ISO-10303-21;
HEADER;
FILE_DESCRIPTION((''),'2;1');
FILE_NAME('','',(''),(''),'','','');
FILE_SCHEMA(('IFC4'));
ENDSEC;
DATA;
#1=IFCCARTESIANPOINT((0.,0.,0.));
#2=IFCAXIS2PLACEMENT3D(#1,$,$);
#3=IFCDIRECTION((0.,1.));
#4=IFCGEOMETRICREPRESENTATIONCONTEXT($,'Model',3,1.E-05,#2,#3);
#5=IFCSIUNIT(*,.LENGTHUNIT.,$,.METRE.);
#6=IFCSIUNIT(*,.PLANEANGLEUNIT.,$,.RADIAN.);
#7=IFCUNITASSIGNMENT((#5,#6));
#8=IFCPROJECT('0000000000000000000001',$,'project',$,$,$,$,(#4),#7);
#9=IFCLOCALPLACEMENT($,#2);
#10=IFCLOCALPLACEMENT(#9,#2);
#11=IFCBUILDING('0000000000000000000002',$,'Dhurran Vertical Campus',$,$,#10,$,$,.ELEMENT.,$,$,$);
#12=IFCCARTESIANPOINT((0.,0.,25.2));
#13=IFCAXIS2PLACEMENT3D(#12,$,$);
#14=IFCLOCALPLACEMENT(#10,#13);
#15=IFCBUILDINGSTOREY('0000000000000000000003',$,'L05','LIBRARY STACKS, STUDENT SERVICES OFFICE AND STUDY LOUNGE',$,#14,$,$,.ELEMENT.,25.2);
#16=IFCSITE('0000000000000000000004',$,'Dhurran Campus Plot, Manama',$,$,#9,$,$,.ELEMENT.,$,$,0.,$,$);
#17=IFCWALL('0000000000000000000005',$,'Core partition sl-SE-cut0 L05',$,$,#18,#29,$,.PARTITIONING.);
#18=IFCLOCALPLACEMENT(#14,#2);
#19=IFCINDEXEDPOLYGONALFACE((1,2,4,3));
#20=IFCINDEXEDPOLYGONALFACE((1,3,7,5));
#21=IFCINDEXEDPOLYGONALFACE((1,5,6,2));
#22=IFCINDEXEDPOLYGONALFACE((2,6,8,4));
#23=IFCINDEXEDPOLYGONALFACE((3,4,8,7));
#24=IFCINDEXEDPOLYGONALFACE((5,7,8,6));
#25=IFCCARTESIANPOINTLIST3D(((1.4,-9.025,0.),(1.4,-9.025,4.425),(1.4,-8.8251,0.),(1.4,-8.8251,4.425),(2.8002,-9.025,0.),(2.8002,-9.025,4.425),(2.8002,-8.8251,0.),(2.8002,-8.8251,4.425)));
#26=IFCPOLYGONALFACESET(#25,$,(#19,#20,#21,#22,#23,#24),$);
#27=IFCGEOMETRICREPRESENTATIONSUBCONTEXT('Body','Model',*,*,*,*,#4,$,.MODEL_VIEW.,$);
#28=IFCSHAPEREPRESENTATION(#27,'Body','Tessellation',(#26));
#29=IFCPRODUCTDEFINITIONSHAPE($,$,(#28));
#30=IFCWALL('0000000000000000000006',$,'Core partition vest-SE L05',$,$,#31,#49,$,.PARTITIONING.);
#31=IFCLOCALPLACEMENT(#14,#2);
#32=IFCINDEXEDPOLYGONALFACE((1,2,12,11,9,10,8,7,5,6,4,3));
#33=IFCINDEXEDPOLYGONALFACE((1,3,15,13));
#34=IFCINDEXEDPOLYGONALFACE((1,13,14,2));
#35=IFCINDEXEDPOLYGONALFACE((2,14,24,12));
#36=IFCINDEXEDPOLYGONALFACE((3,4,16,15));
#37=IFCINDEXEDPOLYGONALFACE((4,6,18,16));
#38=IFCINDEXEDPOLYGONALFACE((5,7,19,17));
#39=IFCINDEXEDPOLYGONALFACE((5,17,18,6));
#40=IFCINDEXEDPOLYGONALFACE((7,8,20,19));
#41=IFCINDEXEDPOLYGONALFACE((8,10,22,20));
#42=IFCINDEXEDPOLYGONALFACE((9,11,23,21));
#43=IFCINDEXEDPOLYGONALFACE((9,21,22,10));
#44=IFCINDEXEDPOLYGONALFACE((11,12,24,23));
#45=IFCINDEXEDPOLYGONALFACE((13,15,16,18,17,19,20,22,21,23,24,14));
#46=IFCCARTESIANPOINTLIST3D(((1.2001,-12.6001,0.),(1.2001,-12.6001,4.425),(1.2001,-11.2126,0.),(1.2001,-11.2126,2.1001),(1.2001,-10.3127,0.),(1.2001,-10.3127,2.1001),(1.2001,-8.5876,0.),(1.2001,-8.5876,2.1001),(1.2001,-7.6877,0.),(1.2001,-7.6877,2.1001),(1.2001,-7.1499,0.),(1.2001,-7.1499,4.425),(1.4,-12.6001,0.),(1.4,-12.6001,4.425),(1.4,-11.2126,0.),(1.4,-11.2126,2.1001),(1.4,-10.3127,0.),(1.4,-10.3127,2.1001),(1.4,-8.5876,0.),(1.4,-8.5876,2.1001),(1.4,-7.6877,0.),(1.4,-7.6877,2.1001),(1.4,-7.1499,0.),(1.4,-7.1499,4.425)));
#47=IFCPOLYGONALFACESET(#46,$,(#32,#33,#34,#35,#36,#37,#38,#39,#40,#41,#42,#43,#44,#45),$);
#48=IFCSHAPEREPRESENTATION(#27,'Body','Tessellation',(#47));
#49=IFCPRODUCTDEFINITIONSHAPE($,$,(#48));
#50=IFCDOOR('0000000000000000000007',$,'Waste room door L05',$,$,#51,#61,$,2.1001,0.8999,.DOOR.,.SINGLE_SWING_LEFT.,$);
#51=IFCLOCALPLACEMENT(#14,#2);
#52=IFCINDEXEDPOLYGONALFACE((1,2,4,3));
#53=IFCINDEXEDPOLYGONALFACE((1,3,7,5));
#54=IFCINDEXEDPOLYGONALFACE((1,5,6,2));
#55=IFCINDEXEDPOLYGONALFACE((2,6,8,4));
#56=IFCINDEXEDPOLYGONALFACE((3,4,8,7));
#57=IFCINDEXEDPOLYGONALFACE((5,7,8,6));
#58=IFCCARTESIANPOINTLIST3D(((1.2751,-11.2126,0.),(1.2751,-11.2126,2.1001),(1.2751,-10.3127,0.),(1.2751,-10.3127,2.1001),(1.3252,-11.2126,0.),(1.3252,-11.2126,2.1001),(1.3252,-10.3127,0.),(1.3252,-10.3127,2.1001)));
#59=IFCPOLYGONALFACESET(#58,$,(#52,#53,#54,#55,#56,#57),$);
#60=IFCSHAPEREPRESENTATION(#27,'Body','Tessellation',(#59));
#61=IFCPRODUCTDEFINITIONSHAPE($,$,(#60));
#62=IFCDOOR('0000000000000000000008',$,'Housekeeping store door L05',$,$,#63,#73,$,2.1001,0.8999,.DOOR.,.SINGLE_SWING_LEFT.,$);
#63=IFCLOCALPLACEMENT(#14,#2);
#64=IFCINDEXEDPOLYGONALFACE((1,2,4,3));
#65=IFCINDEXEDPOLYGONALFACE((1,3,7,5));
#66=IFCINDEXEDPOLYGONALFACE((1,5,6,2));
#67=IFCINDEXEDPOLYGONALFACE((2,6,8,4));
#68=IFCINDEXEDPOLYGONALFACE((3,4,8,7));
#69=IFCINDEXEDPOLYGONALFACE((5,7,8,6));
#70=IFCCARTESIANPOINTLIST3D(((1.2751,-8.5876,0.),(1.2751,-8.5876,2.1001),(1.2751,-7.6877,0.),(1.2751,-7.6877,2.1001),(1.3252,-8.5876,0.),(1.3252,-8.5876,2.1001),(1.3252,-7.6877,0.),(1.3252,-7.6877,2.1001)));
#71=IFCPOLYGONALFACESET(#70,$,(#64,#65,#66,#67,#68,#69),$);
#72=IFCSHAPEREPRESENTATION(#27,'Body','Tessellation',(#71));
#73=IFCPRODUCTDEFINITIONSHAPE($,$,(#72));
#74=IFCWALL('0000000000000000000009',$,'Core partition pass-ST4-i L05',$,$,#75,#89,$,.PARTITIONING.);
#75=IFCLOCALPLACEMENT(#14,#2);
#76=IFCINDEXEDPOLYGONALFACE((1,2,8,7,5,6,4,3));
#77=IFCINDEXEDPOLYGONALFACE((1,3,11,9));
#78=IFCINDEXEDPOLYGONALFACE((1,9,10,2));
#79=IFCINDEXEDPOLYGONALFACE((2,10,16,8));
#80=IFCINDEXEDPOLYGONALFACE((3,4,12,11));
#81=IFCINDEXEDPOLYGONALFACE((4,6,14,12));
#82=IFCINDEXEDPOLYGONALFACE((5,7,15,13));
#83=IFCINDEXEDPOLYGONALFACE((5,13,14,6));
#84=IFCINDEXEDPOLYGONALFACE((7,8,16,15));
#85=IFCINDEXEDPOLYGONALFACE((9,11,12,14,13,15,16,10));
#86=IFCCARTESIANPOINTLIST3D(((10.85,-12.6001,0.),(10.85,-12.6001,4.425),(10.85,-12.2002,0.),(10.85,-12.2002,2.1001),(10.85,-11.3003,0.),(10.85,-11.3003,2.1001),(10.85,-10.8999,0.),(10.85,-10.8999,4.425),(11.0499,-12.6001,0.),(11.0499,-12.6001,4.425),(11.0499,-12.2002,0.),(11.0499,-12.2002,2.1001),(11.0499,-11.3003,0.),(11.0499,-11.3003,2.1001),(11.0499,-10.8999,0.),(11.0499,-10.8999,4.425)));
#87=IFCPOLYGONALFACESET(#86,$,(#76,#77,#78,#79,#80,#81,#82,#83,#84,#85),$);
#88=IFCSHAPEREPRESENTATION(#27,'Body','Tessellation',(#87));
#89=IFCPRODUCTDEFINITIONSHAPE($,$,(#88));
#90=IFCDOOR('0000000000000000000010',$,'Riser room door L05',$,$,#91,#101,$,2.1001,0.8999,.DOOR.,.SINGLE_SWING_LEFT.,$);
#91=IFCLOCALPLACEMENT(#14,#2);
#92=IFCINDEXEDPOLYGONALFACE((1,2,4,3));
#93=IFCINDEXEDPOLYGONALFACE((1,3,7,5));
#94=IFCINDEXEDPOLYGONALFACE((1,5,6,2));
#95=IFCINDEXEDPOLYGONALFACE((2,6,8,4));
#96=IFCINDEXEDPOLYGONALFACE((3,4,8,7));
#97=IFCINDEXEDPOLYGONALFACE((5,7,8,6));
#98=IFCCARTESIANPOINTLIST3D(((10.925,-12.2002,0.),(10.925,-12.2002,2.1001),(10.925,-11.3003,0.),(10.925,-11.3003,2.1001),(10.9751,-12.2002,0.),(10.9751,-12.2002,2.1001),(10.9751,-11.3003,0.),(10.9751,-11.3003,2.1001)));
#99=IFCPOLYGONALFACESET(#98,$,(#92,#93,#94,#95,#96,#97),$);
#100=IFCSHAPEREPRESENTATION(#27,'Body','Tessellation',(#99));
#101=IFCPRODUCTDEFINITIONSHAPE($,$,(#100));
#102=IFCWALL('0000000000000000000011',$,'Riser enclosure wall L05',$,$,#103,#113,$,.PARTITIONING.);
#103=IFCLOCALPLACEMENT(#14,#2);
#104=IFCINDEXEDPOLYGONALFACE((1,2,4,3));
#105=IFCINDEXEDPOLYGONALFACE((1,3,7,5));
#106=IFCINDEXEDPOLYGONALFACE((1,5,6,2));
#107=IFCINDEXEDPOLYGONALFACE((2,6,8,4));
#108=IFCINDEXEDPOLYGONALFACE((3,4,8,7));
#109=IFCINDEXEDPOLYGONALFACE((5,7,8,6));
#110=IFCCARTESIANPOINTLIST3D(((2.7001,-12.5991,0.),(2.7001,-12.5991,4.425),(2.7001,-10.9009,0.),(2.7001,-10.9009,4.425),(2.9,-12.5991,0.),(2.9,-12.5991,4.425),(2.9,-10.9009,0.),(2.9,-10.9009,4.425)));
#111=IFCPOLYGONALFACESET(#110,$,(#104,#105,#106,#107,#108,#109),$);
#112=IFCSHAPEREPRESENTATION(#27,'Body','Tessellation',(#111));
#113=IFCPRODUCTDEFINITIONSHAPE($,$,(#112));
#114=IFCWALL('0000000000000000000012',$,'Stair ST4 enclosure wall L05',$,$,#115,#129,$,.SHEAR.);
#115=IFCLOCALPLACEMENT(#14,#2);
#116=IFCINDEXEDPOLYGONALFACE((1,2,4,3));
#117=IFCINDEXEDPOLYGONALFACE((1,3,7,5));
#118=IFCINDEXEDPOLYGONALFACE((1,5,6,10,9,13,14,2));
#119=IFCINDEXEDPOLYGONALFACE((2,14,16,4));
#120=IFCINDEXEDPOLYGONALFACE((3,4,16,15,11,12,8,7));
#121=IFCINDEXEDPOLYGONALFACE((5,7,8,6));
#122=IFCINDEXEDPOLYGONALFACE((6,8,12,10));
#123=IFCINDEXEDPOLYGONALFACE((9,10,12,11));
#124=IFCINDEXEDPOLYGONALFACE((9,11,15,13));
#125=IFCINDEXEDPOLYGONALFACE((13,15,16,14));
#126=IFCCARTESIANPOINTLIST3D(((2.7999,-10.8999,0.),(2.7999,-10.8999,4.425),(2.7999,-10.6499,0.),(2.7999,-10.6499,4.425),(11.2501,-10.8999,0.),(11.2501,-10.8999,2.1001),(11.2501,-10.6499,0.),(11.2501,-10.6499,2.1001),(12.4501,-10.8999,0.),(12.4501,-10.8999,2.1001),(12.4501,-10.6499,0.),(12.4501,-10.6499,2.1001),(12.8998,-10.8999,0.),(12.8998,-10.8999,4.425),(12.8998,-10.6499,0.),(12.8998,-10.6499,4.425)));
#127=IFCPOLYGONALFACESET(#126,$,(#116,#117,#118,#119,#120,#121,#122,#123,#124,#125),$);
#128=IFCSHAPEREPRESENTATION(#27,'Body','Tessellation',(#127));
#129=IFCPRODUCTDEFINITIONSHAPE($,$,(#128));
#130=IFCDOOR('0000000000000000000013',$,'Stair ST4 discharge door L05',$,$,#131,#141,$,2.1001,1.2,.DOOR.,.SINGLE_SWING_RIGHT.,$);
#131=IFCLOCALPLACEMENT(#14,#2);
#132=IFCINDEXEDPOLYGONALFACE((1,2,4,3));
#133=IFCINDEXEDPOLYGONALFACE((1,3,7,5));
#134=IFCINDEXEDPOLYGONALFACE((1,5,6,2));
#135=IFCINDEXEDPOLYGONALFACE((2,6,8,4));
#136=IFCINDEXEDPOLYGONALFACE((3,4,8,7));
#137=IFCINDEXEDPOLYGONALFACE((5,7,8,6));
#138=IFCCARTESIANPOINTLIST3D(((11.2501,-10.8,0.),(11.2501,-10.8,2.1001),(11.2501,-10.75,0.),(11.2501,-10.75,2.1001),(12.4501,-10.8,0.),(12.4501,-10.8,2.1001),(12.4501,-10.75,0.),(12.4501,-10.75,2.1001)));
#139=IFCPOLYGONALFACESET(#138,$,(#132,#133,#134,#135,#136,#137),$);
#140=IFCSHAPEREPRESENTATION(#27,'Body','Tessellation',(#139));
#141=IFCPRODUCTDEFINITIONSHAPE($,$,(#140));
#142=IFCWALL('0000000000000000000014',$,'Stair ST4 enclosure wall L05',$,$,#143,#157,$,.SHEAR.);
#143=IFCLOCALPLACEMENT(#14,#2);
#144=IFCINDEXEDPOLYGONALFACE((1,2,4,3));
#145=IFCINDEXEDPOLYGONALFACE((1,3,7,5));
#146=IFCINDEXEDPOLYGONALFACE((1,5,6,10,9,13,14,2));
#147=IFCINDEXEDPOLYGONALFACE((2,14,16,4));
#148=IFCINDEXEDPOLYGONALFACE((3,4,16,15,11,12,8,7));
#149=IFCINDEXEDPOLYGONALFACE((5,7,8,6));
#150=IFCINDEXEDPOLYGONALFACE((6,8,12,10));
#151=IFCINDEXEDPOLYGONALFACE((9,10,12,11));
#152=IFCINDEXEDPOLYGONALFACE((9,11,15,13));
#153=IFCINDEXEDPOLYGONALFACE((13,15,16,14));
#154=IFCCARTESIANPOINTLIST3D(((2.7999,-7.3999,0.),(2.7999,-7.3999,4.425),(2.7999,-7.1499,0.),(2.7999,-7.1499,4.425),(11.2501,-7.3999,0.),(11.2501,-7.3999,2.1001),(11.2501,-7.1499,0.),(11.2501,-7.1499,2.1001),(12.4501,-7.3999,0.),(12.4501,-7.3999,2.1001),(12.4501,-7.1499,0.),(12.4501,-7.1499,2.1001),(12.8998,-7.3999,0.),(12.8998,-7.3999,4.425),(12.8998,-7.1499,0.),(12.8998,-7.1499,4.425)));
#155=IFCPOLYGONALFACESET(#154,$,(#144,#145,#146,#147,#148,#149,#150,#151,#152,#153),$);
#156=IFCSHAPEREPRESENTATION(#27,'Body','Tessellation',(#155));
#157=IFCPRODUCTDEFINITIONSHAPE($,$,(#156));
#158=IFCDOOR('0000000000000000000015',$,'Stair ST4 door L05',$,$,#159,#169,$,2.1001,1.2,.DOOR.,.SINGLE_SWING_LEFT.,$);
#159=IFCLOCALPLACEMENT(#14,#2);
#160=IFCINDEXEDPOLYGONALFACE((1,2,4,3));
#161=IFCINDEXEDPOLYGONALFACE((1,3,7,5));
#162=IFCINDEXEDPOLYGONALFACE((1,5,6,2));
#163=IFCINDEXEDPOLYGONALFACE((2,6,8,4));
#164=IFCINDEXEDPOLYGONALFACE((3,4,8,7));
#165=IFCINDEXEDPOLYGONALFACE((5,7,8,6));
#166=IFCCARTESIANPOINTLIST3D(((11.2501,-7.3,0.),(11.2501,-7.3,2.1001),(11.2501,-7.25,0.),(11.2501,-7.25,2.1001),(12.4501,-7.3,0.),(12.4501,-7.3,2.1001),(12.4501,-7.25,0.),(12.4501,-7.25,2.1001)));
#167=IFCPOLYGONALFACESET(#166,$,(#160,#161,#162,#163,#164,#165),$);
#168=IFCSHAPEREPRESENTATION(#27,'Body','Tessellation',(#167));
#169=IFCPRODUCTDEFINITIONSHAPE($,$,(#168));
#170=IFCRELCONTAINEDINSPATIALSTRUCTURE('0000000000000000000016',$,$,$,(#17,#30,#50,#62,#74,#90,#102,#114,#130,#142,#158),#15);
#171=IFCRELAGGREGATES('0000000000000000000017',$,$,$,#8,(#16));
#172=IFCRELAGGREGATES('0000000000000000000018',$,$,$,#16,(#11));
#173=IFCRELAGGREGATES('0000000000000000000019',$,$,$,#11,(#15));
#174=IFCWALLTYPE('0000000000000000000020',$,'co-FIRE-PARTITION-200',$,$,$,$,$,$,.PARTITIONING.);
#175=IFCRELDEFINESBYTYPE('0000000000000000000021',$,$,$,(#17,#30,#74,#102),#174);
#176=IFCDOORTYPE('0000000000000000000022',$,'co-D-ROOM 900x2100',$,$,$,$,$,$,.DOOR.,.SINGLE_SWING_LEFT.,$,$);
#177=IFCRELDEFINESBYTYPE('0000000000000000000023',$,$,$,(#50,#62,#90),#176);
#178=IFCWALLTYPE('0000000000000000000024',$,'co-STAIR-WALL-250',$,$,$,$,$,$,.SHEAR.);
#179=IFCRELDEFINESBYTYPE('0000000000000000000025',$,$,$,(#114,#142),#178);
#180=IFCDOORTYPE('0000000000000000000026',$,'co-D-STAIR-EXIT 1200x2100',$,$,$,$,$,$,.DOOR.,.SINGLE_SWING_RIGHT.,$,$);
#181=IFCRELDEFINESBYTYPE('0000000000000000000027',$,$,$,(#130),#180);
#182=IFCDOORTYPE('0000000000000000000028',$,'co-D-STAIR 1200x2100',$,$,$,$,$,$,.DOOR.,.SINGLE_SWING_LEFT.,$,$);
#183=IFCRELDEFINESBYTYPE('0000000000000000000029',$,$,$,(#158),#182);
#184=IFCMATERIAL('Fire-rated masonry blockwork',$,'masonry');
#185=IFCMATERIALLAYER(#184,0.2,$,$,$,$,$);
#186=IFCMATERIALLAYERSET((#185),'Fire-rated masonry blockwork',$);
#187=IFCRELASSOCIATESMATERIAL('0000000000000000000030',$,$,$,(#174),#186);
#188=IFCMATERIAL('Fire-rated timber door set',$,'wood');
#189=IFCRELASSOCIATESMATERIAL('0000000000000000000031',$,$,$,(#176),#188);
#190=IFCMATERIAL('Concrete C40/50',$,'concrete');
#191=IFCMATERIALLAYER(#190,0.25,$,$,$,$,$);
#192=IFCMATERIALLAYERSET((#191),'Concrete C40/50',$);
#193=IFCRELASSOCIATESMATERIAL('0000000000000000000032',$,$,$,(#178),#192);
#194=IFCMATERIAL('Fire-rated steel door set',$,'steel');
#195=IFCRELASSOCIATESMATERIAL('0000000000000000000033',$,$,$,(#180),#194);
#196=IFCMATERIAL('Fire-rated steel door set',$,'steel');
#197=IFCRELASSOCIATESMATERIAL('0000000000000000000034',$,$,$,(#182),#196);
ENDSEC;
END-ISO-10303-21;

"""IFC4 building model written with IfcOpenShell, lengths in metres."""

from ifc_helpers import new_model, si_unit, direction, frame, frame_2d, origin, place, context, subcontext, project, spatial, rectangle, extrude, material, layer, layer_set, type_object, element, fill, save


model = new_model("IFC4")

# Units and contexts
model_context = context("Model", 3, precision=1e-05, world=origin(), true_north=direction((0.0, 1.0)))
body_context = subcontext(model_context, "Body", "Model", "MODEL_VIEW")
ifc_project = project(units=[si_unit("LENGTHUNIT", "METRE"), si_unit("PLANEANGLEUNIT", "RADIAN")], contexts=[model_context])

# Site, building, storey
site_placement = place(None, origin())
site = spatial("IfcSite", under=ifc_project, at=site_placement, Name="Dhurran Campus Plot, Manama", CompositionType="ELEMENT", RefElevation=0.0)
building_placement = place(site_placement, origin())
building = spatial("IfcBuilding", under=site, at=building_placement, Name="Dhurran Vertical Campus", CompositionType="ELEMENT")
storey_placement = place(building_placement, frame((0.0, 0.0, 25.2)))
storey = spatial("IfcBuildingStorey", under=building, at=storey_placement, Name="L05", Description="LIBRARY STACKS, STUDENT SERVICES OFFICE AND STUDY LOUNGE", CompositionType="ELEMENT", Elevation=25.2)

# Wall
ifc_material_1 = material(Name="Fire-rated masonry blockwork", Category="masonry")
ifc_layer_1 = layer(ifc_material_1, 0.2)
ifc_layer_set_1 = layer_set([ifc_layer_1], Name="Fire-rated masonry blockwork")
wall_type_1 = type_object("IfcWallType", Name="co-FIRE-PARTITION-200", PredefinedType="PARTITIONING", material=ifc_layer_set_1)
for number, where, z_axis, x_axis, name in (
    (1, (1.3999, -8.925, 0.0), (0.0, 0.0, 1.0), (1.0, 0.0, 0.0), "Core partition sl-SE-cut0 L05"),
):
    element("IfcWall", number, at=place(storey_placement, frame(where, z_axis=z_axis, x_axis=x_axis)), inside=storey, type_object=wall_type_1, Name=name, PredefinedType="PARTITIONING", context=body_context, shape_type="SweptSolid", body=[
        extrude(rectangle(XDim=1.4001, YDim=0.2, at=frame_2d((0.7002, 0.0))), origin(), (0.0, 0.0, 1.0), 4.425),
    ])

# Wall, openings, doors
wall_1_placement = place(storey_placement, frame((1.3, -12.6001, 0.0), z_axis=(0.0, 0.0, 1.0), x_axis=(0.0, 1.0, 0.0)))
wall_1 = element("IfcWall", 2, at=wall_1_placement, inside=storey, type_object=wall_type_1, Name="Core partition vest-SE L05", PredefinedType="PARTITIONING", context=body_context, shape_type="SweptSolid", body=[
    extrude(rectangle(XDim=5.4502, YDim=0.2, at=frame_2d((2.7251, 0.0))), origin(), (0.0, 0.0, 1.0), 4.425),
])
opening_1_placement = place(wall_1_placement, frame((1.3875, 0.0, 0.0)))
opening_1 = element("IfcOpeningElement", 3, at=opening_1_placement, cuts=wall_1, PredefinedType="OPENING", context=body_context, shape_type="SweptSolid", body=[
    extrude(rectangle(XDim=0.8999, YDim=2.1001, at=frame_2d((0.45, 1.05))), frame((0.0, 0.1099, 0.0), z_axis=(0.0, -1.0, 0.0), x_axis=(1.0, 0.0, 0.0)), (0.0, 0.0, 1.0), 0.22),
])
opening_2_placement = place(wall_1_placement, frame((4.0125, 0.0, 0.0)))
opening_2 = element("IfcOpeningElement", 4, at=opening_2_placement, cuts=wall_1, PredefinedType="OPENING", context=body_context, shape_type="SweptSolid", body=[
    extrude(rectangle(XDim=0.8999, YDim=2.1001, at=frame_2d((0.45, 1.05))), frame((0.0, 0.1099, 0.0), z_axis=(0.0, -1.0, 0.0), x_axis=(1.0, 0.0, 0.0)), (0.0, 0.0, 1.0), 0.22),
])
ifc_material_2 = material(Name="Fire-rated timber door set", Category="wood")
door_type_1 = type_object("IfcDoorType", Name="co-D-ROOM 900x2100", OperationType="SINGLE_SWING_LEFT", PredefinedType="DOOR", material=ifc_material_2)
door_1_placement = place(opening_1_placement, origin())
door_1 = element("IfcDoor", 5, at=door_1_placement, inside=storey, type_object=door_type_1, Name="Waste room door L05", OperationType="SINGLE_SWING_LEFT", OverallHeight=2.1001, OverallWidth=0.8999, PredefinedType="DOOR", context=body_context, shape_type="SweptSolid", body=[
    extrude(rectangle(XDim=0.8999, YDim=2.1001, at=frame_2d((0.45, 1.05))), frame((0.0, 0.0249, 0.0), z_axis=(0.0, -1.0, 0.0), x_axis=(1.0, 0.0, 0.0)), (0.0, 0.0, 1.0), 0.05),
])
fill(opening_1, door_1)
door_2_placement = place(opening_2_placement, origin())
door_2 = element("IfcDoor", 6, at=door_2_placement, inside=storey, type_object=door_type_1, Name="Housekeeping store door L05", OperationType="SINGLE_SWING_LEFT", OverallHeight=2.1001, OverallWidth=0.8999, PredefinedType="DOOR", context=body_context, shape_type="SweptSolid", body=[
    extrude(rectangle(XDim=0.8999, YDim=2.1001, at=frame_2d((0.45, 1.05))), frame((0.0, 0.0249, 0.0), z_axis=(0.0, -1.0, 0.0), x_axis=(1.0, 0.0, 0.0)), (0.0, 0.0, 1.0), 0.05),
])
fill(opening_2, door_2)

# Wall, opening, door
wall_2_placement = place(storey_placement, frame((10.95, -12.6001, 0.0), z_axis=(0.0, 0.0, 1.0), x_axis=(0.0, 1.0, 0.0)))
wall_2 = element("IfcWall", 7, at=wall_2_placement, inside=storey, type_object=wall_type_1, Name="Core partition pass-ST4-i L05", PredefinedType="PARTITIONING", context=body_context, shape_type="SweptSolid", body=[
    extrude(rectangle(XDim=1.7002, YDim=0.2, at=frame_2d((0.8501, 0.0))), origin(), (0.0, 0.0, 1.0), 4.425),
])
opening_3_placement = place(wall_2_placement, frame((0.3999, 0.0, 0.0)))
opening_3 = element("IfcOpeningElement", 8, at=opening_3_placement, cuts=wall_2, PredefinedType="OPENING", context=body_context, shape_type="SweptSolid", body=[
    extrude(rectangle(XDim=0.8999, YDim=2.1001, at=frame_2d((0.45, 1.05))), frame((0.0, 0.1099, 0.0), z_axis=(0.0, -1.0, 0.0), x_axis=(1.0, 0.0, 0.0)), (0.0, 0.0, 1.0), 0.22),
])
door_3_placement = place(opening_3_placement, origin())
door_3 = element("IfcDoor", 9, at=door_3_placement, inside=storey, type_object=door_type_1, Name="Riser room door L05", OperationType="SINGLE_SWING_LEFT", OverallHeight=2.1001, OverallWidth=0.8999, PredefinedType="DOOR", context=body_context, shape_type="SweptSolid", body=[
    extrude(rectangle(XDim=0.8999, YDim=2.1001, at=frame_2d((0.45, 1.05))), frame((0.0, 0.0249, 0.0), z_axis=(0.0, -1.0, 0.0), x_axis=(1.0, 0.0, 0.0)), (0.0, 0.0, 1.0), 0.05),
])
fill(opening_3, door_3)

# Wall
wall_3_placement = place(storey_placement, frame((2.8, -10.9009, 0.0), z_axis=(0.0, 0.0, 1.0), x_axis=(0.0, -1.0, 0.0)))
element("IfcWall", 10, at=wall_3_placement, inside=storey, type_object=wall_type_1, Name="Riser enclosure wall L05", PredefinedType="PARTITIONING", context=body_context, shape_type="SweptSolid", body=[
    extrude(rectangle(XDim=1.6982, YDim=0.2, at=frame_2d((0.8491, 0.0))), origin(), (0.0, 0.0, 1.0), 4.425),
])

# Walls, openings, doors
ifc_material_3 = material(Name="Concrete C40/50", Category="concrete")
ifc_layer_2 = layer(ifc_material_3, 0.25)
ifc_layer_set_2 = layer_set([ifc_layer_2], Name="Concrete C40/50")
wall_type_2 = type_object("IfcWallType", Name="co-STAIR-WALL-250", PredefinedType="SHEAR", material=ifc_layer_set_2)
wall_4_placement = place(storey_placement, frame((2.8, -10.7749, 0.0), z_axis=(0.0, 0.0, 1.0), x_axis=(1.0, 0.0, 0.0)))
wall_4 = element("IfcWall", 11, at=wall_4_placement, inside=storey, type_object=wall_type_2, Name="Stair ST4 enclosure wall L05", PredefinedType="SHEAR", context=body_context, shape_type="SweptSolid", body=[
    extrude(rectangle(XDim=10.0999, YDim=0.25, at=frame_2d((5.0498, 0.0))), origin(), (0.0, 0.0, 1.0), 4.425),
])
opening_4_placement = place(wall_4_placement, frame((8.45, 0.0, 0.0)))
opening_4 = element("IfcOpeningElement", 12, at=opening_4_placement, cuts=wall_4, PredefinedType="OPENING", context=body_context, shape_type="SweptSolid", body=[
    extrude(rectangle(XDim=1.2, YDim=2.1001, at=frame_2d((0.6001, 1.05))), frame((0.0, 0.135, 0.0), z_axis=(0.0, -1.0, 0.0), x_axis=(1.0, 0.0, 0.0)), (0.0, 0.0, 1.0), 0.27),
])
ifc_material_4 = material(Name="Fire-rated steel door set", Category="steel")
door_type_2 = type_object("IfcDoorType", Name="co-D-STAIR-EXIT 1200x2100", OperationType="SINGLE_SWING_RIGHT", PredefinedType="DOOR", material=ifc_material_4)
door_4_placement = place(opening_4_placement, origin())
door_4 = element("IfcDoor", 13, at=door_4_placement, inside=storey, type_object=door_type_2, Name="Stair ST4 discharge door L05", OperationType="SINGLE_SWING_RIGHT", OverallHeight=2.1001, OverallWidth=1.2, PredefinedType="DOOR", context=body_context, shape_type="SweptSolid", body=[
    extrude(rectangle(XDim=1.2, YDim=2.1001, at=frame_2d((0.6001, 1.05))), frame((0.0, 0.0249, 0.0), z_axis=(0.0, -1.0, 0.0), x_axis=(1.0, 0.0, 0.0)), (0.0, 0.0, 1.0), 0.05),
])
fill(opening_4, door_4)
wall_5_placement = place(storey_placement, frame((2.8, -7.2749, 0.0), z_axis=(0.0, 0.0, 1.0), x_axis=(1.0, 0.0, 0.0)))
wall_5 = element("IfcWall", 14, at=wall_5_placement, inside=storey, type_object=wall_type_2, Name="Stair ST4 enclosure wall L05", PredefinedType="SHEAR", context=body_context, shape_type="SweptSolid", body=[
    extrude(rectangle(XDim=10.0999, YDim=0.25, at=frame_2d((5.0498, 0.0))), origin(), (0.0, 0.0, 1.0), 4.425),
])
opening_5_placement = place(wall_5_placement, frame((8.45, 0.0, 0.0)))
opening_5 = element("IfcOpeningElement", 15, at=opening_5_placement, cuts=wall_5, PredefinedType="OPENING", context=body_context, shape_type="SweptSolid", body=[
    extrude(rectangle(XDim=1.2, YDim=2.1001, at=frame_2d((0.6001, 1.05))), frame((0.0, 0.135, 0.0), z_axis=(0.0, -1.0, 0.0), x_axis=(1.0, 0.0, 0.0)), (0.0, 0.0, 1.0), 0.27),
])
ifc_material_5 = material(Name="Fire-rated steel door set", Category="steel")
door_type_3 = type_object("IfcDoorType", Name="co-D-STAIR 1200x2100", OperationType="SINGLE_SWING_LEFT", PredefinedType="DOOR", material=ifc_material_5)
door_5_placement = place(opening_5_placement, origin())
door_5 = element("IfcDoor", 16, at=door_5_placement, inside=storey, type_object=door_type_3, Name="Stair ST4 door L05", OperationType="SINGLE_SWING_LEFT", OverallHeight=2.1001, OverallWidth=1.2, PredefinedType="DOOR", context=body_context, shape_type="SweptSolid", body=[
    extrude(rectangle(XDim=1.2, YDim=2.1001, at=frame_2d((0.6001, 1.05))), frame((0.0, 0.0249, 0.0), z_axis=(0.0, -1.0, 0.0), x_axis=(1.0, 0.0, 0.0)), (0.0, 0.0, 1.0), 0.05),
])
fill(opening_5, door_5)

save(model, "model.ifc")
